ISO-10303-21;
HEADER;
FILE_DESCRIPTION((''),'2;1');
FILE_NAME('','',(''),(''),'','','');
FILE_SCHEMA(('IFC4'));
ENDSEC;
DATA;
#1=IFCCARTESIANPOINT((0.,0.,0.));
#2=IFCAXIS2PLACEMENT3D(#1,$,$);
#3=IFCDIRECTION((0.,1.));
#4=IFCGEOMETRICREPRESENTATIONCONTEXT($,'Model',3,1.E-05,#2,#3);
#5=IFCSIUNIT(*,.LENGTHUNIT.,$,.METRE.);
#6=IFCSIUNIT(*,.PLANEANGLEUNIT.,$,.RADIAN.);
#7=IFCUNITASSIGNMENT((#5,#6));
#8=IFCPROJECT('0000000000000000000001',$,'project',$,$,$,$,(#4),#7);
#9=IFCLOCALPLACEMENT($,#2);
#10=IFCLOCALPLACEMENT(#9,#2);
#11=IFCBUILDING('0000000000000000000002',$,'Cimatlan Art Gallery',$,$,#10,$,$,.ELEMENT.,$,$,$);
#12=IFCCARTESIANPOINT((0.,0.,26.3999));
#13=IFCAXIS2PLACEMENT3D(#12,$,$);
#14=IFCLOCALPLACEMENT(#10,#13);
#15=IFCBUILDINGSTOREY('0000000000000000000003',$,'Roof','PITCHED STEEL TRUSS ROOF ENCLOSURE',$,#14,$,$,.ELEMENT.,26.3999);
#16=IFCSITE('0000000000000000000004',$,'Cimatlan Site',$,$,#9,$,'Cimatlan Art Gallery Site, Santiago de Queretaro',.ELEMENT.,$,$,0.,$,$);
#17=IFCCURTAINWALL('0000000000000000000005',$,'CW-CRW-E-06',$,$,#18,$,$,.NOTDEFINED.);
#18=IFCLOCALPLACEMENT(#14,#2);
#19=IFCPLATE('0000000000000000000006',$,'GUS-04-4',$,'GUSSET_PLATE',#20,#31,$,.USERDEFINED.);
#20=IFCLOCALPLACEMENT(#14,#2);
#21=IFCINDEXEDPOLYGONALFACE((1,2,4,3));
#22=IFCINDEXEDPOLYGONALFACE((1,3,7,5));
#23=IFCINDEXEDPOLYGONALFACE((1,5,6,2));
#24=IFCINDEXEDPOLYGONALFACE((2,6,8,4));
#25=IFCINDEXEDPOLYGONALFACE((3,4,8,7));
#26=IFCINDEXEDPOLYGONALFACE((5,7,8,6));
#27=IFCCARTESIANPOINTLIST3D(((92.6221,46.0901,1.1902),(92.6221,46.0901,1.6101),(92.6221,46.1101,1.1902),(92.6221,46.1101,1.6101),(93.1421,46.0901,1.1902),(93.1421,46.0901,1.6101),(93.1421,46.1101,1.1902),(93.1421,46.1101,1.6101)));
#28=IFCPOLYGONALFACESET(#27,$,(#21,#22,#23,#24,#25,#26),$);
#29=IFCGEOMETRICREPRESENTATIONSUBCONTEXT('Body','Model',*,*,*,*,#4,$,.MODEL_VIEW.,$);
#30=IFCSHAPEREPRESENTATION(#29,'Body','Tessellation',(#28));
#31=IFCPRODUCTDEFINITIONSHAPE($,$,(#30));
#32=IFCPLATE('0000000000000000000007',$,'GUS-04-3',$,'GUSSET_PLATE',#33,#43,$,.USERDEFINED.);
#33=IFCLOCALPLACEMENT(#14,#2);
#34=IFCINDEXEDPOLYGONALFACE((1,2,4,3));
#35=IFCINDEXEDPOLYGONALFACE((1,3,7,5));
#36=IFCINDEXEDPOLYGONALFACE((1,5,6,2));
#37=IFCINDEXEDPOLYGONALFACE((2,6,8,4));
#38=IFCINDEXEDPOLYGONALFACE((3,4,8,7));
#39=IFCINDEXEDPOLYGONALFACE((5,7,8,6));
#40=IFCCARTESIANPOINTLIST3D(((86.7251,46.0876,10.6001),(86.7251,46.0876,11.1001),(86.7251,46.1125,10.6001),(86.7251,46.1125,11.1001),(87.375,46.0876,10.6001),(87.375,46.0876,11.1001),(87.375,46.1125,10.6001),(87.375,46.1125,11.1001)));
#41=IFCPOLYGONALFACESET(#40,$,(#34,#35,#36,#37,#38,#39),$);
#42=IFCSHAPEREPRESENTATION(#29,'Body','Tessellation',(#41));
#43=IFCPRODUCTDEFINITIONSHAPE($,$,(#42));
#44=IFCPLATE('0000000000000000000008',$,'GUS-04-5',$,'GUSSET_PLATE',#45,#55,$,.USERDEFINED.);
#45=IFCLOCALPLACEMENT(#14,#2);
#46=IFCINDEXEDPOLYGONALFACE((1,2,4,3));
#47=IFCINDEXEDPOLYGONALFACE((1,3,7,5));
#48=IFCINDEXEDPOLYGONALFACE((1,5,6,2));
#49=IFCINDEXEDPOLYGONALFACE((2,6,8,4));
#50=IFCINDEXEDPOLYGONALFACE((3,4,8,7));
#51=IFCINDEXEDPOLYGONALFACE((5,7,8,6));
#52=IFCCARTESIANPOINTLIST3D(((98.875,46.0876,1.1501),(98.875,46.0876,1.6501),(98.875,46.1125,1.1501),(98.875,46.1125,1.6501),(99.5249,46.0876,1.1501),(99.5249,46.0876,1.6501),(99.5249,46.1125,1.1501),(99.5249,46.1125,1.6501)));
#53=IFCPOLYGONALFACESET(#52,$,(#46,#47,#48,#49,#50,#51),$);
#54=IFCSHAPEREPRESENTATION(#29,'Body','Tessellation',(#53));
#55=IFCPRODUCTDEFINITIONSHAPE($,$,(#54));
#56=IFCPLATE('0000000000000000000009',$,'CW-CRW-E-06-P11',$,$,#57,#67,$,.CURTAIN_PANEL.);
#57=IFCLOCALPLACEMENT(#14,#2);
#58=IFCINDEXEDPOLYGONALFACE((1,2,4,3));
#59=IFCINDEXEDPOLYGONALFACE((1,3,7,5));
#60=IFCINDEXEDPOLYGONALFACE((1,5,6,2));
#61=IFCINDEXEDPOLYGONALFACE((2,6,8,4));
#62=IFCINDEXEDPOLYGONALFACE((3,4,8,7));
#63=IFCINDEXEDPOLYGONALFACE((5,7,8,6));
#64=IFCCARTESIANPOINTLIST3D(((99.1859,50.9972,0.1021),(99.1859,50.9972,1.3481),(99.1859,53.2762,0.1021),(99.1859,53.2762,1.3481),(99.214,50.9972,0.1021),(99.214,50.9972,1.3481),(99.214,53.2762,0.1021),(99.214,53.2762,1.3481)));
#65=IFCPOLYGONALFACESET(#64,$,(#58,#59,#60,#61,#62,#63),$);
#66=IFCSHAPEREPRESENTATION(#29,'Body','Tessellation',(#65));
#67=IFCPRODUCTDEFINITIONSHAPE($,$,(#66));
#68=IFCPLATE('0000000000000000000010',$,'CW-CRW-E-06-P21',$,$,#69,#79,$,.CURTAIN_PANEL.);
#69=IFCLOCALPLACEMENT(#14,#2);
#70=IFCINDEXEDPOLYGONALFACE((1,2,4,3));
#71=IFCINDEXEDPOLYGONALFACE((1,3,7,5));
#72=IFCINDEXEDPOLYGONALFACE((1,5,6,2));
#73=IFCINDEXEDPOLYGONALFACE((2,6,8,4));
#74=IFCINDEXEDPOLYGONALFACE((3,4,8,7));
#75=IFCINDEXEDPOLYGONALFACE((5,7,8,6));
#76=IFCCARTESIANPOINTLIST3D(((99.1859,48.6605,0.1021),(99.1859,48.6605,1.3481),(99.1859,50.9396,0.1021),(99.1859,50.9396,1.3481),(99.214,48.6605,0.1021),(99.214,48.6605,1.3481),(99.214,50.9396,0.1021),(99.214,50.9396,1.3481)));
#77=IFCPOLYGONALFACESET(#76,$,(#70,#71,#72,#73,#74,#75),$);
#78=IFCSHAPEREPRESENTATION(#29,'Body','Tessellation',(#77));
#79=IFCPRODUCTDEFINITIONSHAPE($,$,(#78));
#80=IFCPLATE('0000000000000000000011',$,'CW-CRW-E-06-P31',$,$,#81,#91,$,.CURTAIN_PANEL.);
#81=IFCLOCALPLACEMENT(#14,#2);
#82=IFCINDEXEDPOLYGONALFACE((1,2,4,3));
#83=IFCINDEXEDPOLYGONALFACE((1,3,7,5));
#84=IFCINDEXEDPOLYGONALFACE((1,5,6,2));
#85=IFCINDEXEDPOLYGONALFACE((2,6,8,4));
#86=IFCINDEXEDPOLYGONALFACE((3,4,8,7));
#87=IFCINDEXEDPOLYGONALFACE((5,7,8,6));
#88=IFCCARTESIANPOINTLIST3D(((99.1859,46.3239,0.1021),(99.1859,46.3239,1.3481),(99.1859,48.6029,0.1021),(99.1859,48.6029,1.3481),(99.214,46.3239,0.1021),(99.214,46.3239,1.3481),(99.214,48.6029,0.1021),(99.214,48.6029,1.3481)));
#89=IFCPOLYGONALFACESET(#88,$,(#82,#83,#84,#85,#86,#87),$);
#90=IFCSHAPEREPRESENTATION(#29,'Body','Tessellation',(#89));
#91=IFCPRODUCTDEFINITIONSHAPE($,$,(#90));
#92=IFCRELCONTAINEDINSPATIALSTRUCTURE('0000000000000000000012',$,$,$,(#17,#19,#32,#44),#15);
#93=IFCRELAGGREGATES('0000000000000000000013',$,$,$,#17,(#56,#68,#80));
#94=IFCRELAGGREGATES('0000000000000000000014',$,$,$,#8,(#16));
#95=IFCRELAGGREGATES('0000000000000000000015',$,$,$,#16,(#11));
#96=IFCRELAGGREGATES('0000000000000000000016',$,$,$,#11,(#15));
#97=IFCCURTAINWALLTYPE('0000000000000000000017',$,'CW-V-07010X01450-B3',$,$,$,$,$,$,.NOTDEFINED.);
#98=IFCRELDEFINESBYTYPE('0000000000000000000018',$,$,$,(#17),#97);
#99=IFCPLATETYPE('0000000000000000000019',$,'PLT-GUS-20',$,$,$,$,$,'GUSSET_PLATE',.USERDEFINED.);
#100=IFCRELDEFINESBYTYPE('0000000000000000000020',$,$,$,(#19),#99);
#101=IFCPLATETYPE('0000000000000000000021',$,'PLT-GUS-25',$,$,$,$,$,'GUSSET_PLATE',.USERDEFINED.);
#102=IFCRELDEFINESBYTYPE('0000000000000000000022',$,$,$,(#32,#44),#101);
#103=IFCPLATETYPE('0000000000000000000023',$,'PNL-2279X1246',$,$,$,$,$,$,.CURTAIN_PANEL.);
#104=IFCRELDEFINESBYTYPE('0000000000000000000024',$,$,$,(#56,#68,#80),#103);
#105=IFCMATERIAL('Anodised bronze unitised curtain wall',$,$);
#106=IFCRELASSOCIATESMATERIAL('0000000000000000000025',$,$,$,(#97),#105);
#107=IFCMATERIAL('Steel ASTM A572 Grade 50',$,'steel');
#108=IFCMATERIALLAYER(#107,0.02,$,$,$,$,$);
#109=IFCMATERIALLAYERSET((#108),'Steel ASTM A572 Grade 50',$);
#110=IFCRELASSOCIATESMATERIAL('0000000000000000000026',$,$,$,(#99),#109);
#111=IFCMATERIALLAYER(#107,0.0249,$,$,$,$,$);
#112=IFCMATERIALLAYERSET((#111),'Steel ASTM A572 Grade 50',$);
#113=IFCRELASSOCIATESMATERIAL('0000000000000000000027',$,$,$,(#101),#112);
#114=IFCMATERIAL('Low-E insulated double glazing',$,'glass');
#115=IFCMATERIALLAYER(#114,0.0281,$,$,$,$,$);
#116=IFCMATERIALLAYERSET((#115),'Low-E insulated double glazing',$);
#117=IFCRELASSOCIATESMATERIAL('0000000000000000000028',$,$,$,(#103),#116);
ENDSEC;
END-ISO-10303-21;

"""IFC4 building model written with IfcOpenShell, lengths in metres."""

from ifc_helpers import new_model, si_unit, direction, frame, origin, origin_2d, place, context, subcontext, project, spatial, rectangle, extrude, material, layer, layer_set, type_object, element, aggregate, save


model = new_model("IFC4")

# Units and contexts
model_context = context("Model", 3, precision=1e-05, world=origin(), true_north=direction((0.0, 1.0)))
body_context = subcontext(model_context, "Body", "Model", "MODEL_VIEW")
ifc_project = project(units=[si_unit("LENGTHUNIT", "METRE"), si_unit("PLANEANGLEUNIT", "RADIAN")], contexts=[model_context])

# Site, building, storey
site_placement = place(None, origin())
site = spatial("IfcSite", under=ifc_project, at=site_placement, Name="Cimatlan Site", LongName="Cimatlan Art Gallery Site, Santiago de Queretaro", CompositionType="ELEMENT", RefElevation=0.0)
building_placement = place(site_placement, origin())
building = spatial("IfcBuilding", under=site, at=building_placement, Name="Cimatlan Art Gallery", CompositionType="ELEMENT")
storey_placement = place(building_placement, frame((0.0, 0.0, 26.3999)))
storey = spatial("IfcBuildingStorey", under=building, at=storey_placement, Name="Roof", Description="PITCHED STEEL TRUSS ROOF ENCLOSURE", CompositionType="ELEMENT", Elevation=26.3999)

# Curtain wall
ifc_material_1 = material(Name="Anodised bronze unitised curtain wall")
curtain_wall_type = type_object("IfcCurtainWallType", Name="CW-V-07010X01450-B3", PredefinedType="NOTDEFINED", material=ifc_material_1)
curtain_wall_placement = place(storey_placement, origin())
curtain_wall = element("IfcCurtainWall", 1, at=curtain_wall_placement, inside=storey, type_object=curtain_wall_type, Name="CW-CRW-E-06", PredefinedType="NOTDEFINED")

# Plates
ifc_material_2 = material(Name="Steel ASTM A572 Grade 50", Category="steel")
ifc_layer_1 = layer(ifc_material_2, 0.02)
ifc_layer_set_1 = layer_set([ifc_layer_1], Name="Steel ASTM A572 Grade 50")
plate_type_1 = type_object("IfcPlateType", Name="PLT-GUS-20", ElementType="GUSSET_PLATE", PredefinedType="USERDEFINED", material=ifc_layer_set_1)
plate_1_placement = place(storey_placement, frame((92.8821, 46.1001, 1.1902), z_axis=(0.0, 0.0, 1.0), x_axis=(1.0, 0.0, 0.0)))
element("IfcPlate", 2, at=plate_1_placement, inside=storey, type_object=plate_type_1, Name="GUS-04-4", ObjectType="GUSSET_PLATE", PredefinedType="USERDEFINED", context=body_context, shape_type="SweptSolid", body=[
    extrude(rectangle(XDim=0.52, YDim=0.02, at=origin_2d()), origin(), (0.0, 0.0, 1.0), 0.4199),
])
ifc_layer_2 = layer(ifc_material_2, 0.0249)
ifc_layer_set_2 = layer_set([ifc_layer_2], Name="Steel ASTM A572 Grade 50")
plate_type_2 = type_object("IfcPlateType", Name="PLT-GUS-25", ElementType="GUSSET_PLATE", PredefinedType="USERDEFINED", material=ifc_layer_set_2)
for number, where, z_axis, x_axis, name in (
    (3, (87.05, 46.1001, 10.6001), (0.0, 0.0, 1.0), (1.0, 0.0, 0.0), "GUS-04-3"),
    (4, (99.2, 46.1001, 1.1501), (0.0, 0.0, 1.0), (1.0, 0.0, 0.0), "GUS-04-5"),
):
    element("IfcPlate", number, at=place(storey_placement, frame(where, z_axis=z_axis, x_axis=x_axis)), inside=storey, type_object=plate_type_2, Name=name, ObjectType="GUSSET_PLATE", PredefinedType="USERDEFINED", context=body_context, shape_type="SweptSolid", body=[
        extrude(rectangle(XDim=0.6499, YDim=0.0249, at=origin_2d()), origin(), (0.0, 0.0, 1.0), 0.5),
    ])

# Plates
ifc_material_3 = material(Name="Low-E insulated double glazing", Category="glass")
ifc_layer_3 = layer(ifc_material_3, 0.0281)
ifc_layer_set_3 = layer_set([ifc_layer_3], Name="Low-E insulated double glazing")
plate_type_3 = type_object("IfcPlateType", Name="PNL-2279X1246", PredefinedType="CURTAIN_PANEL", material=ifc_layer_set_3)
plate_2_placement = place(storey_placement, frame((99.2, 52.1367, 0.1021), z_axis=(0.0, 0.0, 1.0), x_axis=(0.0, -1.0, 0.0)))
plate_2 = element("IfcPlate", 5, at=plate_2_placement, type_object=plate_type_3, Name="CW-CRW-E-06-P11", PredefinedType="CURTAIN_PANEL", context=body_context, shape_type="SweptSolid", body=[
    extrude(rectangle(XDim=2.2791, YDim=0.0281, at=origin_2d()), origin(), (0.0, 0.0, 1.0), 1.2461),
])
plate_3_placement = place(storey_placement, frame((99.2, 49.8, 0.1021), z_axis=(0.0, 0.0, 1.0), x_axis=(0.0, -1.0, 0.0)))
plate_3 = element("IfcPlate", 6, at=plate_3_placement, type_object=plate_type_3, Name="CW-CRW-E-06-P21", PredefinedType="CURTAIN_PANEL", context=body_context, shape_type="SweptSolid", body=[
    extrude(rectangle(XDim=2.2791, YDim=0.0281, at=origin_2d()), origin(), (0.0, 0.0, 1.0), 1.2461),
])
plate_4_placement = place(storey_placement, frame((99.2, 47.4634, 0.1021), z_axis=(0.0, 0.0, 1.0), x_axis=(0.0, -1.0, 0.0)))
plate_4 = element("IfcPlate", 7, at=plate_4_placement, type_object=plate_type_3, Name="CW-CRW-E-06-P31", PredefinedType="CURTAIN_PANEL", context=body_context, shape_type="SweptSolid", body=[
    extrude(rectangle(XDim=2.2791, YDim=0.0281, at=origin_2d()), origin(), (0.0, 0.0, 1.0), 1.2461),
])
aggregate(curtain_wall, [plate_2, plate_3, plate_4])

save(model, "model.ifc")
